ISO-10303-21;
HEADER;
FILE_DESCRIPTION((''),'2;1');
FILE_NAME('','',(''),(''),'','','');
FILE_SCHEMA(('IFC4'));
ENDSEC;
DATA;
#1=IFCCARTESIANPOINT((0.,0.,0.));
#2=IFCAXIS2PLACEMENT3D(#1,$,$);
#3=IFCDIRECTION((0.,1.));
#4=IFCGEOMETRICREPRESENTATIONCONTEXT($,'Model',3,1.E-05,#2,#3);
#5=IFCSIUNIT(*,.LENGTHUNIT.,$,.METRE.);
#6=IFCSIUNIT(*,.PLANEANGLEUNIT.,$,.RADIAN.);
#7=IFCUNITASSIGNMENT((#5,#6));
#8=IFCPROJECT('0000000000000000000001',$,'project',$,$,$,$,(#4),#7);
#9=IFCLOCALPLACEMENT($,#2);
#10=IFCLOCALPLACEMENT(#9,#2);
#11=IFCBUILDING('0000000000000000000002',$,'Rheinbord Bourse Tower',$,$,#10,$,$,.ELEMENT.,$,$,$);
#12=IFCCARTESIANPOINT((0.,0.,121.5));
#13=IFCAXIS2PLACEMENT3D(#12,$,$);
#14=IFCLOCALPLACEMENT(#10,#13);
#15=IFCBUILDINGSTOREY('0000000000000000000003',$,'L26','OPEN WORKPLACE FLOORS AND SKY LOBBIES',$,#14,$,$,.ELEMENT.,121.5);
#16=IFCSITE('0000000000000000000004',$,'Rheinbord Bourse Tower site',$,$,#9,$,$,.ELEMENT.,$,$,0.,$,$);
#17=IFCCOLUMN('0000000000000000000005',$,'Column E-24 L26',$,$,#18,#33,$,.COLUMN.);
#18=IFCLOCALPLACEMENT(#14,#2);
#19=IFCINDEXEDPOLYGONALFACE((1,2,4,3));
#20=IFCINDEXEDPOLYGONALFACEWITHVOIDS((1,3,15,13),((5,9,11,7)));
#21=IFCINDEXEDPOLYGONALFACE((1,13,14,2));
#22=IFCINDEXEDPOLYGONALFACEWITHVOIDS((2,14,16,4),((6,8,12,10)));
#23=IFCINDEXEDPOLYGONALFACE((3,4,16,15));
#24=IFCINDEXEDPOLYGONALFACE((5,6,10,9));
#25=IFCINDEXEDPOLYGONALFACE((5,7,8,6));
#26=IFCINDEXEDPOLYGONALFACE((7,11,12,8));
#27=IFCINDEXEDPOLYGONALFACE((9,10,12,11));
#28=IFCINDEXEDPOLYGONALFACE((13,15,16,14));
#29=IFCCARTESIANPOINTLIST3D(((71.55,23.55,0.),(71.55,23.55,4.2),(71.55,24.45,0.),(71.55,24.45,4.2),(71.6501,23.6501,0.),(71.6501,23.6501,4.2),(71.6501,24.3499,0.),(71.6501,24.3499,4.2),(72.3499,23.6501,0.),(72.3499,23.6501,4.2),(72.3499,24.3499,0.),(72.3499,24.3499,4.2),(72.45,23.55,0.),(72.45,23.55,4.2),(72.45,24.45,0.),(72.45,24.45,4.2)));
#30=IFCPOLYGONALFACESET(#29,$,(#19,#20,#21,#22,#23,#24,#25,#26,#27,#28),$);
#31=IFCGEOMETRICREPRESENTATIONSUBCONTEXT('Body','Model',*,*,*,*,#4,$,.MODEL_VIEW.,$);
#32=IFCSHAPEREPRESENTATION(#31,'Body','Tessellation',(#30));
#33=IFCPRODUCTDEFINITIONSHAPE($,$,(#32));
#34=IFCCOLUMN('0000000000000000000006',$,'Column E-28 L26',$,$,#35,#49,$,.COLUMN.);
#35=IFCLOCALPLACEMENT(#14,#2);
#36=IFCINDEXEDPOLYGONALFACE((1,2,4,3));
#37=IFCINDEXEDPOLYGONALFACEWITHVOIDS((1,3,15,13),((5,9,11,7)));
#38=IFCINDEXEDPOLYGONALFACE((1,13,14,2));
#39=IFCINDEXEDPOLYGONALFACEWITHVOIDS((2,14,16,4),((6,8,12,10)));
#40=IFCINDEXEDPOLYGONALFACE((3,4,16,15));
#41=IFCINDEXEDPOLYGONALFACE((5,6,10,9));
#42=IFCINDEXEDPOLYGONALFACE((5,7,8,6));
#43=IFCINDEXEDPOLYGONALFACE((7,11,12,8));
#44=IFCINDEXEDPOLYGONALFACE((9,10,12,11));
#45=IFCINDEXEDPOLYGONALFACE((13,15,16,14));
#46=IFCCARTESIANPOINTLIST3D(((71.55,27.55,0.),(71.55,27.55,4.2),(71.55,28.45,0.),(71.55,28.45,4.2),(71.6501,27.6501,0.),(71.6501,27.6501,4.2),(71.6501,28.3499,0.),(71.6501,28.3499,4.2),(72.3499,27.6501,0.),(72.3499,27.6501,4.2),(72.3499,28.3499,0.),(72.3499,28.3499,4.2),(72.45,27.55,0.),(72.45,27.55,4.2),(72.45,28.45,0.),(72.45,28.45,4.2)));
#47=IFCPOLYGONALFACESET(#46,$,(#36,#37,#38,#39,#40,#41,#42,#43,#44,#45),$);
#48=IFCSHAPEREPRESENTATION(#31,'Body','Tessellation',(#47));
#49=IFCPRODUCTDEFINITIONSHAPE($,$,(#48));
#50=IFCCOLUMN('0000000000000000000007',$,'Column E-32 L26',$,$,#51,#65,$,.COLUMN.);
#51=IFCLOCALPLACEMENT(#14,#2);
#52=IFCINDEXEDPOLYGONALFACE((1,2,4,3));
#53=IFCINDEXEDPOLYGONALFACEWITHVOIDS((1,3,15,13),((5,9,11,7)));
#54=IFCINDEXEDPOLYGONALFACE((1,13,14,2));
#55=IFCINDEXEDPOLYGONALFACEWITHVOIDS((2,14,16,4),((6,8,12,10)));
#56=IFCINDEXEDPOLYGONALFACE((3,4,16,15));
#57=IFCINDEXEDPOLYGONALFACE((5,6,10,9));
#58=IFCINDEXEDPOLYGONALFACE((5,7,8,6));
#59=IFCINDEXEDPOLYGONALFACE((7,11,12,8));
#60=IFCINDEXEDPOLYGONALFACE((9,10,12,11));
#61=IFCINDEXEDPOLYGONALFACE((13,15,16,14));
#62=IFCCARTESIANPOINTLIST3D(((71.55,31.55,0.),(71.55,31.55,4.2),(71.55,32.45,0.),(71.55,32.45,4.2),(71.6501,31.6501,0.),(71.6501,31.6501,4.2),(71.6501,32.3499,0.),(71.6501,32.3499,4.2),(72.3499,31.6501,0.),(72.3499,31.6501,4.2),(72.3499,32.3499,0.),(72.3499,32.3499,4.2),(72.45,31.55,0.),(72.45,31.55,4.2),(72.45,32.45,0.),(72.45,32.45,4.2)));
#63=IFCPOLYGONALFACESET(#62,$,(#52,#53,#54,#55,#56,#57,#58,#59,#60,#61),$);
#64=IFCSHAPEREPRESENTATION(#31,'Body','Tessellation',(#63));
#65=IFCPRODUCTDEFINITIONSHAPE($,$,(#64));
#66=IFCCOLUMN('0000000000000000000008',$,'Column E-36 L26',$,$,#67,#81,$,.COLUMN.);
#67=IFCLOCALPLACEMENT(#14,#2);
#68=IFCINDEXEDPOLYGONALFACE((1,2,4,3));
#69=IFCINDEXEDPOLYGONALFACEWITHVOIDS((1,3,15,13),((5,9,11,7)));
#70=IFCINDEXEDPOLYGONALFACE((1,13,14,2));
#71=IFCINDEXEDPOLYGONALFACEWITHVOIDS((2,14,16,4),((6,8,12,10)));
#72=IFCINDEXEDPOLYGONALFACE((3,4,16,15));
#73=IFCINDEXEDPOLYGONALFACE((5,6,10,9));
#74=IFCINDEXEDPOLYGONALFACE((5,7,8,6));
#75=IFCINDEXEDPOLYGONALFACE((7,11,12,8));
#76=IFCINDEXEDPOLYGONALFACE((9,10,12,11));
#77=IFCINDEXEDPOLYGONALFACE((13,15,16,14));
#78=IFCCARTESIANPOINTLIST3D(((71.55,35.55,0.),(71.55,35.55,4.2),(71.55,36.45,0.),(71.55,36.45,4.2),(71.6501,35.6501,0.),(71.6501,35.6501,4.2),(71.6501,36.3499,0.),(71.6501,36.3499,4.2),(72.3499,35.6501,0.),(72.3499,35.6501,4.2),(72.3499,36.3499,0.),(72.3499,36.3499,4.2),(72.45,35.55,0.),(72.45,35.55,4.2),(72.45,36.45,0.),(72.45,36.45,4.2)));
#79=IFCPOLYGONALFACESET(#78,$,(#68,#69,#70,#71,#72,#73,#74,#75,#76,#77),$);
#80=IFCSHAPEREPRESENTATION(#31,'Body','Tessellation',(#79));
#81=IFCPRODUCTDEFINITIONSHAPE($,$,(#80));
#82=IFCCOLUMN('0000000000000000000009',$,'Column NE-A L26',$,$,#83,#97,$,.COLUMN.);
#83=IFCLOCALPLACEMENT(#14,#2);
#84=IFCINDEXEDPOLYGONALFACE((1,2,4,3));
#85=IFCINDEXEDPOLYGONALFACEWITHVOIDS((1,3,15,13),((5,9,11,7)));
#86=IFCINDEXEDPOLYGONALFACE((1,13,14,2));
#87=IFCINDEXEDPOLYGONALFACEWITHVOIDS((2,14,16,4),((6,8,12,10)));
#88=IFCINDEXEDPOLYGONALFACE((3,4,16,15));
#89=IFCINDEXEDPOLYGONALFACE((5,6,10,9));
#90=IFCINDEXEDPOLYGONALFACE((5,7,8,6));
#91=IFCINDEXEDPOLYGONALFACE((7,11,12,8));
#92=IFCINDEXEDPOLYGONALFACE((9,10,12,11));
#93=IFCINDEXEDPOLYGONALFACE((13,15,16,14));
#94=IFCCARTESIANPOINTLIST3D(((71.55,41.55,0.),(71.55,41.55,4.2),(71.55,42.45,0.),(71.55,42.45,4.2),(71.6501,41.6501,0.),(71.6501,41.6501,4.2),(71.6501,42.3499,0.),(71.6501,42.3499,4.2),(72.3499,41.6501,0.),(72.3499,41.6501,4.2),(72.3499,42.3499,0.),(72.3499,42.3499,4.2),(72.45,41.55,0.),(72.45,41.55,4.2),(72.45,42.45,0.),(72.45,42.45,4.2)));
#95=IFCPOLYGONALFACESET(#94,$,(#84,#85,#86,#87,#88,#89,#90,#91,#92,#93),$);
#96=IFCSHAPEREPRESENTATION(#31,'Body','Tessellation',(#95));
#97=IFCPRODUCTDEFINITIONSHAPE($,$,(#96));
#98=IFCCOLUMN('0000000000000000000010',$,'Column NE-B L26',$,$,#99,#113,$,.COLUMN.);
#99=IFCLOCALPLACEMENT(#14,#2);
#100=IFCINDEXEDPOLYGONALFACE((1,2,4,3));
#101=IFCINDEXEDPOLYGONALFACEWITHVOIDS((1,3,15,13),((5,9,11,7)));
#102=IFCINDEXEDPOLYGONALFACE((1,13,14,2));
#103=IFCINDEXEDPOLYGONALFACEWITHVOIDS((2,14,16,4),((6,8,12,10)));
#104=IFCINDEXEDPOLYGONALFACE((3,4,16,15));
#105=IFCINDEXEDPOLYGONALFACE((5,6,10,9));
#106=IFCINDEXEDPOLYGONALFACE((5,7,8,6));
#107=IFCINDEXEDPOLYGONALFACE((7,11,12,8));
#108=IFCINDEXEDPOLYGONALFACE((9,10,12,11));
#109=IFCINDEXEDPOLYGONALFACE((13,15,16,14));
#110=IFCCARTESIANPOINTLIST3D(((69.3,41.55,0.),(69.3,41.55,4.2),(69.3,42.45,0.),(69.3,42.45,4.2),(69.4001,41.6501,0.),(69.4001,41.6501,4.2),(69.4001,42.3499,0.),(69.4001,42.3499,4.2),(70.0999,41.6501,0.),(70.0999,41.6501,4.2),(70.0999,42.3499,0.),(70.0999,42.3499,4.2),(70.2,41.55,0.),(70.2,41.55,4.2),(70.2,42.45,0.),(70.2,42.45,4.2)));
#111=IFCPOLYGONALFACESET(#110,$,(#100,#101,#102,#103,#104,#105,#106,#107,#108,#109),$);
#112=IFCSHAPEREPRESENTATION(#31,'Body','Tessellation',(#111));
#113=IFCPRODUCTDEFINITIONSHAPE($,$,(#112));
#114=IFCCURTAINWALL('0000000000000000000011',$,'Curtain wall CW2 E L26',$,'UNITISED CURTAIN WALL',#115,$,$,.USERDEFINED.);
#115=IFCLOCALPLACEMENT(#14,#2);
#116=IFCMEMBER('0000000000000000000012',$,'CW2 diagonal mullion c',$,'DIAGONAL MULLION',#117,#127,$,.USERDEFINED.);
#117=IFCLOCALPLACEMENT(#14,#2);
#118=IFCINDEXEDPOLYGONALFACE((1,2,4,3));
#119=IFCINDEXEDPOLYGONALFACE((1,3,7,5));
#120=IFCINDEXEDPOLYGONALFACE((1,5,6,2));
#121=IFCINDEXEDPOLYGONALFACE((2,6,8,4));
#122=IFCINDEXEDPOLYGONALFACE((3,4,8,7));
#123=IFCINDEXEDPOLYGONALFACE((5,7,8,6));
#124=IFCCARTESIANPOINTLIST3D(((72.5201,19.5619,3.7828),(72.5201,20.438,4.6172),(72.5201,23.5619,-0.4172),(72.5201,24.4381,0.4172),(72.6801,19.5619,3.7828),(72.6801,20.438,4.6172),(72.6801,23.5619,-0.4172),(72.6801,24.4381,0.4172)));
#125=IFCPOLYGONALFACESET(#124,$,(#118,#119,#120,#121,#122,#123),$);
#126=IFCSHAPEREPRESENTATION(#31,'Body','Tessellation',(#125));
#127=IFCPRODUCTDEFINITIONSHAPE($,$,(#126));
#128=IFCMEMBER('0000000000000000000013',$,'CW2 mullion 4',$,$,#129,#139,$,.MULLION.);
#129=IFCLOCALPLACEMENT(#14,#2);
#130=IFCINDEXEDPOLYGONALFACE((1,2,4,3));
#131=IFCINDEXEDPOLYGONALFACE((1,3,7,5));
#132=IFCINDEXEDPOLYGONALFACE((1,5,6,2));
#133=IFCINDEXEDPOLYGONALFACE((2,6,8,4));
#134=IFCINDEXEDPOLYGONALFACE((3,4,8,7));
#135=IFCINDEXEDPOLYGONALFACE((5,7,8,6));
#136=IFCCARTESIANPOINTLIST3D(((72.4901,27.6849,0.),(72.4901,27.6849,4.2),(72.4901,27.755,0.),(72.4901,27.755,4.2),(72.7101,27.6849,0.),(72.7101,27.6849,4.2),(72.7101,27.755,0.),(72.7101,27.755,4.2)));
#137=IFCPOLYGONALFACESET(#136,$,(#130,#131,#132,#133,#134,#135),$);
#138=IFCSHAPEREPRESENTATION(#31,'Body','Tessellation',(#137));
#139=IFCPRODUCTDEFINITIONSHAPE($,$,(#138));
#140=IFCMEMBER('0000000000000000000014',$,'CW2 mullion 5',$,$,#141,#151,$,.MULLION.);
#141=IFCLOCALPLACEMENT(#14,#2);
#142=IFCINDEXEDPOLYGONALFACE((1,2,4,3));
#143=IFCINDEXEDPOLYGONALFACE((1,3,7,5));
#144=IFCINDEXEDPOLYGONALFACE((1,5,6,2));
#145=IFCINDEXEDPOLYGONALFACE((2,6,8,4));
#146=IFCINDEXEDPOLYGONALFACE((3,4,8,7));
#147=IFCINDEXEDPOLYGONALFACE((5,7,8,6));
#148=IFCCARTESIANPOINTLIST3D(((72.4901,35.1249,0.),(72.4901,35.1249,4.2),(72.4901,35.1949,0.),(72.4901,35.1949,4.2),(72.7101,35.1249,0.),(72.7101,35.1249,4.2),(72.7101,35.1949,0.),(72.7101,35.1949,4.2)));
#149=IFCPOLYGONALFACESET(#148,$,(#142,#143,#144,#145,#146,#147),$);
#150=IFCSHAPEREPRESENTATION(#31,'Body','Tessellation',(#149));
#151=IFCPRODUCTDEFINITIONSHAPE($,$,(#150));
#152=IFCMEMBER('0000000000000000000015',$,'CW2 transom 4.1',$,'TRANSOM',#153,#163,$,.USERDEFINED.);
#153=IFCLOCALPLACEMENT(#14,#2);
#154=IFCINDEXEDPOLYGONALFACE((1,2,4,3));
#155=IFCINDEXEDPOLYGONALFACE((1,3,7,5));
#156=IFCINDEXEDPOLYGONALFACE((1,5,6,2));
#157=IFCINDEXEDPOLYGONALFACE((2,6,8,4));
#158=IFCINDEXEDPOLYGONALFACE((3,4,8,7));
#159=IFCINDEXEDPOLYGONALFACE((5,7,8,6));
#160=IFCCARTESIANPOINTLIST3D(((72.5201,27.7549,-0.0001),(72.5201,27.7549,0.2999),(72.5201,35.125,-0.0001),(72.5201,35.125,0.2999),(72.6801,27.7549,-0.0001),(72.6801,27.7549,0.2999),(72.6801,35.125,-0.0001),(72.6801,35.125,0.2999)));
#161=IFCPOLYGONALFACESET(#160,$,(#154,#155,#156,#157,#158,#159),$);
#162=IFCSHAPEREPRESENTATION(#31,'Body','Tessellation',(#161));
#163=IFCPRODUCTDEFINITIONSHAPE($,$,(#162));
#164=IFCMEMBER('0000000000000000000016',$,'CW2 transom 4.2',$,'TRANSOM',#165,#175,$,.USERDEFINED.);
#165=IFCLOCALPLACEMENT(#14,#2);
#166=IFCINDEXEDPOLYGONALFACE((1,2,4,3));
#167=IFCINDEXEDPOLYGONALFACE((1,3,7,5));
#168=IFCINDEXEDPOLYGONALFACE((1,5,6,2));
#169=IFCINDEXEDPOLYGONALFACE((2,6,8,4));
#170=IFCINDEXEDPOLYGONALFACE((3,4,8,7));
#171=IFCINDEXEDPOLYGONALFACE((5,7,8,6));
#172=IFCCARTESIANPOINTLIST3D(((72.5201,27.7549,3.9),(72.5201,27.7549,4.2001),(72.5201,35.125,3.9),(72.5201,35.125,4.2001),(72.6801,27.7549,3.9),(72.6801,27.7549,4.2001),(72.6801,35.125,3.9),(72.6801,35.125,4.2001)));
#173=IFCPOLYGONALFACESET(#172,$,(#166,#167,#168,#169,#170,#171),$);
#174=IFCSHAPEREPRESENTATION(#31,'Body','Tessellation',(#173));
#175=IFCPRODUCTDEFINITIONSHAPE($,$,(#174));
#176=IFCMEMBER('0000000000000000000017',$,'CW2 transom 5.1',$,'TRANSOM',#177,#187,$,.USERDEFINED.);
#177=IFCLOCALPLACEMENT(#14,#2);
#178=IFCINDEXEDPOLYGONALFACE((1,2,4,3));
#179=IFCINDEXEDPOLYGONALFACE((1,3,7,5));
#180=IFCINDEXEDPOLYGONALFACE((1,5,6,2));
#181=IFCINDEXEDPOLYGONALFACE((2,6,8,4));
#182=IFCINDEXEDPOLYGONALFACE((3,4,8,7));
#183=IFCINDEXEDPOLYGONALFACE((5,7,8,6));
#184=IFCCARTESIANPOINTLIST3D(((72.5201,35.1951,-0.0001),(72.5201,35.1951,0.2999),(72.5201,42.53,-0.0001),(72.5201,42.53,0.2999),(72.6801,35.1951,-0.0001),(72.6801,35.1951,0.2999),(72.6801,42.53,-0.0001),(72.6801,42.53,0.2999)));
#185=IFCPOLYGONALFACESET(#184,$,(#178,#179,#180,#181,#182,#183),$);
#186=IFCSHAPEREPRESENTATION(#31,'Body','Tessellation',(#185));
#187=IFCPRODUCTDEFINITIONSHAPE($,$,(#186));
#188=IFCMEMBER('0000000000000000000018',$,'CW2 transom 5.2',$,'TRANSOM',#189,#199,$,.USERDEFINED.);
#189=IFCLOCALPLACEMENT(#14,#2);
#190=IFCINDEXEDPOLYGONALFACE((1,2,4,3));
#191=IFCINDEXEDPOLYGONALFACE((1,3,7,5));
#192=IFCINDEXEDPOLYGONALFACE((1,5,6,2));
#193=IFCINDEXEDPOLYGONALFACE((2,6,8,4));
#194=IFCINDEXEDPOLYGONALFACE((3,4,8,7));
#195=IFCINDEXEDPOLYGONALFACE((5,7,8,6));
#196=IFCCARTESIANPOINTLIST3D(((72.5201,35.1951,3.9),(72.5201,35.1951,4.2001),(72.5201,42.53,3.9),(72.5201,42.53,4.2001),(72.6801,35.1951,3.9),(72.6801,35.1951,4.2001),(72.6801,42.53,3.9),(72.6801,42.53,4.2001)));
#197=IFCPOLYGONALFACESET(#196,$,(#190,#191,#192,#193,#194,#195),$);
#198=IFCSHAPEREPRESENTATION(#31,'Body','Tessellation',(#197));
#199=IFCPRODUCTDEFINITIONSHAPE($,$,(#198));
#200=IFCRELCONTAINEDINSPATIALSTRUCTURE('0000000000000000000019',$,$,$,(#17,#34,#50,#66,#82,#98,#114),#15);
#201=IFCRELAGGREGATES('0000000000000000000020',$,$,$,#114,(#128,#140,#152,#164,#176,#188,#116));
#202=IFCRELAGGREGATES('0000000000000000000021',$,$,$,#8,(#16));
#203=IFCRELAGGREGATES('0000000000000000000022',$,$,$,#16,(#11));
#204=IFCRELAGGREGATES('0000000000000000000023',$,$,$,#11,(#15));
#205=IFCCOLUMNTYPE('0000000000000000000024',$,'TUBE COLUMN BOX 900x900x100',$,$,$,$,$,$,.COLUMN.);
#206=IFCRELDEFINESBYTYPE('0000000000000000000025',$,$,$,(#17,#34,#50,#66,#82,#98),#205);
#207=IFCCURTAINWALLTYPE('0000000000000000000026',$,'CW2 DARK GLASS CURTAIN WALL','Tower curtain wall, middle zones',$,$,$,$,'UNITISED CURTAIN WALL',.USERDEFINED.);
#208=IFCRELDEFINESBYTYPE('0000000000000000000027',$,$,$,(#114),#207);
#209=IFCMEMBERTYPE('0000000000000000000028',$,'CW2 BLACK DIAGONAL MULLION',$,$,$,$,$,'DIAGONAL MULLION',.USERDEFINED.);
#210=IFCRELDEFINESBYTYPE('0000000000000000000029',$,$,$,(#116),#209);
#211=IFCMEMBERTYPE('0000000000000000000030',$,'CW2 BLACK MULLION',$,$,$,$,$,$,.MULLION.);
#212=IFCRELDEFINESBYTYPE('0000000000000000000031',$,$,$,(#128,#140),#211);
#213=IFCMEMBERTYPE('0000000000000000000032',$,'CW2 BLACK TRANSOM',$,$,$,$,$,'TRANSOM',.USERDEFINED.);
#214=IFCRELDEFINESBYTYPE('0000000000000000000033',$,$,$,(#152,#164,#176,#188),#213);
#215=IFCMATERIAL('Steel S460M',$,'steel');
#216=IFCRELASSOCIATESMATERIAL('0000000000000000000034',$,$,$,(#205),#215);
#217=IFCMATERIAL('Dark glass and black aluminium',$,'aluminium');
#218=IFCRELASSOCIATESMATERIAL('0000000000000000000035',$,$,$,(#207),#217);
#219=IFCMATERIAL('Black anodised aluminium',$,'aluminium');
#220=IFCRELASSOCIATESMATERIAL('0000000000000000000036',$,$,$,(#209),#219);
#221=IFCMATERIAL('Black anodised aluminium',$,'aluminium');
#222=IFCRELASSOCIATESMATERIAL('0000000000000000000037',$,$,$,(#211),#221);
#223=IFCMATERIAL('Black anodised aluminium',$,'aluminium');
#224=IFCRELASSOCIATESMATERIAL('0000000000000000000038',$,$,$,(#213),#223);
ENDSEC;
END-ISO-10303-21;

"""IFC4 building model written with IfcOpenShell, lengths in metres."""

from ifc_helpers import new_model, si_unit, direction, frame, origin, origin_2d, place, context, subcontext, project, spatial, rectangle, hollow_rectangle, extrude, material, material_profile, profile_set, type_object, element, aggregate, save


model = new_model("IFC4")

# Units and contexts
model_context = context("Model", 3, precision=1e-05, world=origin(), true_north=direction((0.0, 1.0)))
body_context = subcontext(model_context, "Body", "Model", "MODEL_VIEW")
ifc_project = project(units=[si_unit("LENGTHUNIT", "METRE"), si_unit("PLANEANGLEUNIT", "RADIAN")], contexts=[model_context])

# Site, building, storey
site_placement = place(None, origin())
site = spatial("IfcSite", under=ifc_project, at=site_placement, Name="Rheinbord Bourse Tower site", CompositionType="ELEMENT", RefElevation=0.0)
building_placement = place(site_placement, origin())
building = spatial("IfcBuilding", under=site, at=building_placement, Name="Rheinbord Bourse Tower", CompositionType="ELEMENT")
storey_placement = place(building_placement, frame((0.0, 0.0, 121.5)))
storey = spatial("IfcBuildingStorey", under=building, at=storey_placement, Name="L26", Description="OPEN WORKPLACE FLOORS AND SKY LOBBIES", CompositionType="ELEMENT", Elevation=121.5)

# Columns
ifc_material_1 = material(Name="Steel S460M", Category="steel")
ifc_material_profile_1 = material_profile(ifc_material_1, hollow_rectangle(XDim=0.8999, YDim=0.8999, WallThickness=0.1001, at=origin_2d()), Name="BOX 900x900x100")
ifc_profile_set_1 = profile_set([ifc_material_profile_1], Name="Steel S460M")
column_type = type_object("IfcColumnType", Name="TUBE COLUMN BOX 900x900x100", PredefinedType="COLUMN", material=ifc_profile_set_1)
for number, where, z_axis, x_axis, name in (
    (1, (72.0, 24.0, 0.0), (0.0, 0.0, 1.0), (1.0, 0.0, 0.0), "Column E-24 L26"),
    (2, (72.0, 28.0, 0.0), (0.0, 0.0, 1.0), (1.0, 0.0, 0.0), "Column E-28 L26"),
    (3, (72.0, 32.0, 0.0), (0.0, 0.0, 1.0), (1.0, 0.0, 0.0), "Column E-32 L26"),
    (4, (72.0, 36.0, 0.0), (0.0, 0.0, 1.0), (1.0, 0.0, 0.0), "Column E-36 L26"),
    (5, (72.0, 42.0, 0.0), (0.0, 0.0, 1.0), (1.0, 0.0, 0.0), "Column NE-A L26"),
    (6, (69.75, 42.0, 0.0), (0.0, 0.0, 1.0), (1.0, 0.0, 0.0), "Column NE-B L26"),
):
    element("IfcColumn", number, at=place(storey_placement, frame(where, z_axis=z_axis, x_axis=x_axis)), inside=storey, type_object=column_type, Name=name, PredefinedType="COLUMN", context=body_context, shape_type="SweptSolid", body=[
        extrude(hollow_rectangle(XDim=0.8999, YDim=0.8999, WallThickness=0.1001, at=origin_2d()), origin(), (0.0, 0.0, 1.0), 4.2),
    ])

# Curtain wall, members
ifc_material_2 = material(Name="Dark glass and black aluminium", Category="aluminium")
curtain_wall_type = type_object("IfcCurtainWallType", Name="CW2 DARK GLASS CURTAIN WALL", Description="Tower curtain wall, middle zones", ElementType="UNITISED CURTAIN WALL", PredefinedType="USERDEFINED", material=ifc_material_2)
curtain_wall_placement = place(storey_placement, origin())
curtain_wall = element("IfcCurtainWall", 7, at=curtain_wall_placement, inside=storey, type_object=curtain_wall_type, Name="Curtain wall CW2 E L26", ObjectType="UNITISED CURTAIN WALL", PredefinedType="USERDEFINED")
ifc_material_3 = material(Name="Black anodised aluminium", Category="aluminium")
ifc_material_profile_2 = material_profile(ifc_material_3, rectangle(XDim=0.1599, YDim=1.21, at=origin_2d()), Name="CW2 DIAGONAL MULLION 1210x160")
ifc_profile_set_2 = profile_set([ifc_material_profile_2], Name="Black anodised aluminium")
member_type_1 = type_object("IfcMemberType", Name="CW2 BLACK DIAGONAL MULLION", ElementType="DIAGONAL MULLION", PredefinedType="USERDEFINED", material=ifc_profile_set_2)
member_1_placement = place(storey_placement, frame((72.6001, 24.0, 0.0), z_axis=(0.0, -0.689659, 0.724134), x_axis=(1.0, 0.0, 0.0)))
member_1 = element("IfcMember", 8, at=member_1_placement, type_object=member_type_1, Name="CW2 diagonal mullion c", ObjectType="DIAGONAL MULLION", PredefinedType="USERDEFINED", context=body_context, shape_type="SweptSolid", body=[
    extrude(rectangle(XDim=0.1599, YDim=1.21, at=origin_2d()), origin(), (0.0, 0.0, 1.0), 5.8),
])
ifc_material_4 = material(Name="Black anodised aluminium", Category="aluminium")
ifc_material_profile_3 = material_profile(ifc_material_4, rectangle(XDim=0.22, YDim=0.0701, at=origin_2d()), Name="CW2 MULLION 70x220")
ifc_profile_set_3 = profile_set([ifc_material_profile_3], Name="Black anodised aluminium")
member_type_2 = type_object("IfcMemberType", Name="CW2 BLACK MULLION", PredefinedType="MULLION", material=ifc_profile_set_3)
member_2_placement = place(storey_placement, frame((72.6001, 27.72, 0.0), z_axis=(0.0, 0.0, 1.0), x_axis=(-1.0, 0.0, 0.0)))
member_2 = element("IfcMember", 9, at=member_2_placement, type_object=member_type_2, Name="CW2 mullion 4", PredefinedType="MULLION", context=body_context, shape_type="SweptSolid", body=[
    extrude(rectangle(XDim=0.22, YDim=0.0701, at=origin_2d()), origin(), (0.0, 0.0, 1.0), 4.2),
])
member_3_placement = place(storey_placement, frame((72.6001, 35.1599, 0.0), z_axis=(0.0, 0.0, 1.0), x_axis=(-1.0, 0.0, 0.0)))
member_3 = element("IfcMember", 10, at=member_3_placement, type_object=member_type_2, Name="CW2 mullion 5", PredefinedType="MULLION", context=body_context, shape_type="SweptSolid", body=[
    extrude(rectangle(XDim=0.22, YDim=0.0701, at=origin_2d()), origin(), (0.0, 0.0, 1.0), 4.2),
])
ifc_material_5 = material(Name="Black anodised aluminium", Category="aluminium")
ifc_material_profile_4 = material_profile(ifc_material_5, rectangle(XDim=0.1599, YDim=0.3, at=origin_2d()), Name="CW2 TRANSOM 300x160")
ifc_profile_set_4 = profile_set([ifc_material_profile_4], Name="Black anodised aluminium")
member_type_3 = type_object("IfcMemberType", Name="CW2 BLACK TRANSOM", ElementType="TRANSOM", PredefinedType="USERDEFINED", material=ifc_profile_set_4)
member_4_placement = place(storey_placement, frame((72.6001, 27.7549, 0.1499), z_axis=(0.0, 1.0, 0.0), x_axis=(-1.0, 0.0, 0.0)))
member_4 = element("IfcMember", 11, at=member_4_placement, type_object=member_type_3, Name="CW2 transom 4.1", ObjectType="TRANSOM", PredefinedType="USERDEFINED", context=body_context, shape_type="SweptSolid", body=[
    extrude(rectangle(XDim=0.1599, YDim=0.3, at=origin_2d()), origin(), (0.0, 0.0, 1.0), 7.3701),
])
member_5_placement = place(storey_placement, frame((72.6001, 27.7549, 4.05), z_axis=(0.0, 1.0, 0.0), x_axis=(-1.0, 0.0, 0.0)))
member_5 = element("IfcMember", 12, at=member_5_placement, type_object=member_type_3, Name="CW2 transom 4.2", ObjectType="TRANSOM", PredefinedType="USERDEFINED", context=body_context, shape_type="SweptSolid", body=[
    extrude(rectangle(XDim=0.1599, YDim=0.3, at=origin_2d()), origin(), (0.0, 0.0, 1.0), 7.3701),
])
member_6_placement = place(storey_placement, frame((72.6001, 35.1951, 0.1499), z_axis=(0.0, 1.0, 0.0), x_axis=(-1.0, 0.0, 0.0)))
member_6 = element("IfcMember", 13, at=member_6_placement, type_object=member_type_3, Name="CW2 transom 5.1", ObjectType="TRANSOM", PredefinedType="USERDEFINED", context=body_context, shape_type="SweptSolid", body=[
    extrude(rectangle(XDim=0.1599, YDim=0.3, at=origin_2d()), origin(), (0.0, 0.0, 1.0), 7.335),
])
member_7_placement = place(storey_placement, frame((72.6001, 35.1951, 4.05), z_axis=(0.0, 1.0, 0.0), x_axis=(-1.0, 0.0, 0.0)))
member_7 = element("IfcMember", 14, at=member_7_placement, type_object=member_type_3, Name="CW2 transom 5.2", ObjectType="TRANSOM", PredefinedType="USERDEFINED", context=body_context, shape_type="SweptSolid", body=[
    extrude(rectangle(XDim=0.1599, YDim=0.3, at=origin_2d()), origin(), (0.0, 0.0, 1.0), 7.335),
])

aggregate(curtain_wall, [member_2, member_3, member_4, member_5, member_6, member_7, member_1])

save(model, "model.ifc")
